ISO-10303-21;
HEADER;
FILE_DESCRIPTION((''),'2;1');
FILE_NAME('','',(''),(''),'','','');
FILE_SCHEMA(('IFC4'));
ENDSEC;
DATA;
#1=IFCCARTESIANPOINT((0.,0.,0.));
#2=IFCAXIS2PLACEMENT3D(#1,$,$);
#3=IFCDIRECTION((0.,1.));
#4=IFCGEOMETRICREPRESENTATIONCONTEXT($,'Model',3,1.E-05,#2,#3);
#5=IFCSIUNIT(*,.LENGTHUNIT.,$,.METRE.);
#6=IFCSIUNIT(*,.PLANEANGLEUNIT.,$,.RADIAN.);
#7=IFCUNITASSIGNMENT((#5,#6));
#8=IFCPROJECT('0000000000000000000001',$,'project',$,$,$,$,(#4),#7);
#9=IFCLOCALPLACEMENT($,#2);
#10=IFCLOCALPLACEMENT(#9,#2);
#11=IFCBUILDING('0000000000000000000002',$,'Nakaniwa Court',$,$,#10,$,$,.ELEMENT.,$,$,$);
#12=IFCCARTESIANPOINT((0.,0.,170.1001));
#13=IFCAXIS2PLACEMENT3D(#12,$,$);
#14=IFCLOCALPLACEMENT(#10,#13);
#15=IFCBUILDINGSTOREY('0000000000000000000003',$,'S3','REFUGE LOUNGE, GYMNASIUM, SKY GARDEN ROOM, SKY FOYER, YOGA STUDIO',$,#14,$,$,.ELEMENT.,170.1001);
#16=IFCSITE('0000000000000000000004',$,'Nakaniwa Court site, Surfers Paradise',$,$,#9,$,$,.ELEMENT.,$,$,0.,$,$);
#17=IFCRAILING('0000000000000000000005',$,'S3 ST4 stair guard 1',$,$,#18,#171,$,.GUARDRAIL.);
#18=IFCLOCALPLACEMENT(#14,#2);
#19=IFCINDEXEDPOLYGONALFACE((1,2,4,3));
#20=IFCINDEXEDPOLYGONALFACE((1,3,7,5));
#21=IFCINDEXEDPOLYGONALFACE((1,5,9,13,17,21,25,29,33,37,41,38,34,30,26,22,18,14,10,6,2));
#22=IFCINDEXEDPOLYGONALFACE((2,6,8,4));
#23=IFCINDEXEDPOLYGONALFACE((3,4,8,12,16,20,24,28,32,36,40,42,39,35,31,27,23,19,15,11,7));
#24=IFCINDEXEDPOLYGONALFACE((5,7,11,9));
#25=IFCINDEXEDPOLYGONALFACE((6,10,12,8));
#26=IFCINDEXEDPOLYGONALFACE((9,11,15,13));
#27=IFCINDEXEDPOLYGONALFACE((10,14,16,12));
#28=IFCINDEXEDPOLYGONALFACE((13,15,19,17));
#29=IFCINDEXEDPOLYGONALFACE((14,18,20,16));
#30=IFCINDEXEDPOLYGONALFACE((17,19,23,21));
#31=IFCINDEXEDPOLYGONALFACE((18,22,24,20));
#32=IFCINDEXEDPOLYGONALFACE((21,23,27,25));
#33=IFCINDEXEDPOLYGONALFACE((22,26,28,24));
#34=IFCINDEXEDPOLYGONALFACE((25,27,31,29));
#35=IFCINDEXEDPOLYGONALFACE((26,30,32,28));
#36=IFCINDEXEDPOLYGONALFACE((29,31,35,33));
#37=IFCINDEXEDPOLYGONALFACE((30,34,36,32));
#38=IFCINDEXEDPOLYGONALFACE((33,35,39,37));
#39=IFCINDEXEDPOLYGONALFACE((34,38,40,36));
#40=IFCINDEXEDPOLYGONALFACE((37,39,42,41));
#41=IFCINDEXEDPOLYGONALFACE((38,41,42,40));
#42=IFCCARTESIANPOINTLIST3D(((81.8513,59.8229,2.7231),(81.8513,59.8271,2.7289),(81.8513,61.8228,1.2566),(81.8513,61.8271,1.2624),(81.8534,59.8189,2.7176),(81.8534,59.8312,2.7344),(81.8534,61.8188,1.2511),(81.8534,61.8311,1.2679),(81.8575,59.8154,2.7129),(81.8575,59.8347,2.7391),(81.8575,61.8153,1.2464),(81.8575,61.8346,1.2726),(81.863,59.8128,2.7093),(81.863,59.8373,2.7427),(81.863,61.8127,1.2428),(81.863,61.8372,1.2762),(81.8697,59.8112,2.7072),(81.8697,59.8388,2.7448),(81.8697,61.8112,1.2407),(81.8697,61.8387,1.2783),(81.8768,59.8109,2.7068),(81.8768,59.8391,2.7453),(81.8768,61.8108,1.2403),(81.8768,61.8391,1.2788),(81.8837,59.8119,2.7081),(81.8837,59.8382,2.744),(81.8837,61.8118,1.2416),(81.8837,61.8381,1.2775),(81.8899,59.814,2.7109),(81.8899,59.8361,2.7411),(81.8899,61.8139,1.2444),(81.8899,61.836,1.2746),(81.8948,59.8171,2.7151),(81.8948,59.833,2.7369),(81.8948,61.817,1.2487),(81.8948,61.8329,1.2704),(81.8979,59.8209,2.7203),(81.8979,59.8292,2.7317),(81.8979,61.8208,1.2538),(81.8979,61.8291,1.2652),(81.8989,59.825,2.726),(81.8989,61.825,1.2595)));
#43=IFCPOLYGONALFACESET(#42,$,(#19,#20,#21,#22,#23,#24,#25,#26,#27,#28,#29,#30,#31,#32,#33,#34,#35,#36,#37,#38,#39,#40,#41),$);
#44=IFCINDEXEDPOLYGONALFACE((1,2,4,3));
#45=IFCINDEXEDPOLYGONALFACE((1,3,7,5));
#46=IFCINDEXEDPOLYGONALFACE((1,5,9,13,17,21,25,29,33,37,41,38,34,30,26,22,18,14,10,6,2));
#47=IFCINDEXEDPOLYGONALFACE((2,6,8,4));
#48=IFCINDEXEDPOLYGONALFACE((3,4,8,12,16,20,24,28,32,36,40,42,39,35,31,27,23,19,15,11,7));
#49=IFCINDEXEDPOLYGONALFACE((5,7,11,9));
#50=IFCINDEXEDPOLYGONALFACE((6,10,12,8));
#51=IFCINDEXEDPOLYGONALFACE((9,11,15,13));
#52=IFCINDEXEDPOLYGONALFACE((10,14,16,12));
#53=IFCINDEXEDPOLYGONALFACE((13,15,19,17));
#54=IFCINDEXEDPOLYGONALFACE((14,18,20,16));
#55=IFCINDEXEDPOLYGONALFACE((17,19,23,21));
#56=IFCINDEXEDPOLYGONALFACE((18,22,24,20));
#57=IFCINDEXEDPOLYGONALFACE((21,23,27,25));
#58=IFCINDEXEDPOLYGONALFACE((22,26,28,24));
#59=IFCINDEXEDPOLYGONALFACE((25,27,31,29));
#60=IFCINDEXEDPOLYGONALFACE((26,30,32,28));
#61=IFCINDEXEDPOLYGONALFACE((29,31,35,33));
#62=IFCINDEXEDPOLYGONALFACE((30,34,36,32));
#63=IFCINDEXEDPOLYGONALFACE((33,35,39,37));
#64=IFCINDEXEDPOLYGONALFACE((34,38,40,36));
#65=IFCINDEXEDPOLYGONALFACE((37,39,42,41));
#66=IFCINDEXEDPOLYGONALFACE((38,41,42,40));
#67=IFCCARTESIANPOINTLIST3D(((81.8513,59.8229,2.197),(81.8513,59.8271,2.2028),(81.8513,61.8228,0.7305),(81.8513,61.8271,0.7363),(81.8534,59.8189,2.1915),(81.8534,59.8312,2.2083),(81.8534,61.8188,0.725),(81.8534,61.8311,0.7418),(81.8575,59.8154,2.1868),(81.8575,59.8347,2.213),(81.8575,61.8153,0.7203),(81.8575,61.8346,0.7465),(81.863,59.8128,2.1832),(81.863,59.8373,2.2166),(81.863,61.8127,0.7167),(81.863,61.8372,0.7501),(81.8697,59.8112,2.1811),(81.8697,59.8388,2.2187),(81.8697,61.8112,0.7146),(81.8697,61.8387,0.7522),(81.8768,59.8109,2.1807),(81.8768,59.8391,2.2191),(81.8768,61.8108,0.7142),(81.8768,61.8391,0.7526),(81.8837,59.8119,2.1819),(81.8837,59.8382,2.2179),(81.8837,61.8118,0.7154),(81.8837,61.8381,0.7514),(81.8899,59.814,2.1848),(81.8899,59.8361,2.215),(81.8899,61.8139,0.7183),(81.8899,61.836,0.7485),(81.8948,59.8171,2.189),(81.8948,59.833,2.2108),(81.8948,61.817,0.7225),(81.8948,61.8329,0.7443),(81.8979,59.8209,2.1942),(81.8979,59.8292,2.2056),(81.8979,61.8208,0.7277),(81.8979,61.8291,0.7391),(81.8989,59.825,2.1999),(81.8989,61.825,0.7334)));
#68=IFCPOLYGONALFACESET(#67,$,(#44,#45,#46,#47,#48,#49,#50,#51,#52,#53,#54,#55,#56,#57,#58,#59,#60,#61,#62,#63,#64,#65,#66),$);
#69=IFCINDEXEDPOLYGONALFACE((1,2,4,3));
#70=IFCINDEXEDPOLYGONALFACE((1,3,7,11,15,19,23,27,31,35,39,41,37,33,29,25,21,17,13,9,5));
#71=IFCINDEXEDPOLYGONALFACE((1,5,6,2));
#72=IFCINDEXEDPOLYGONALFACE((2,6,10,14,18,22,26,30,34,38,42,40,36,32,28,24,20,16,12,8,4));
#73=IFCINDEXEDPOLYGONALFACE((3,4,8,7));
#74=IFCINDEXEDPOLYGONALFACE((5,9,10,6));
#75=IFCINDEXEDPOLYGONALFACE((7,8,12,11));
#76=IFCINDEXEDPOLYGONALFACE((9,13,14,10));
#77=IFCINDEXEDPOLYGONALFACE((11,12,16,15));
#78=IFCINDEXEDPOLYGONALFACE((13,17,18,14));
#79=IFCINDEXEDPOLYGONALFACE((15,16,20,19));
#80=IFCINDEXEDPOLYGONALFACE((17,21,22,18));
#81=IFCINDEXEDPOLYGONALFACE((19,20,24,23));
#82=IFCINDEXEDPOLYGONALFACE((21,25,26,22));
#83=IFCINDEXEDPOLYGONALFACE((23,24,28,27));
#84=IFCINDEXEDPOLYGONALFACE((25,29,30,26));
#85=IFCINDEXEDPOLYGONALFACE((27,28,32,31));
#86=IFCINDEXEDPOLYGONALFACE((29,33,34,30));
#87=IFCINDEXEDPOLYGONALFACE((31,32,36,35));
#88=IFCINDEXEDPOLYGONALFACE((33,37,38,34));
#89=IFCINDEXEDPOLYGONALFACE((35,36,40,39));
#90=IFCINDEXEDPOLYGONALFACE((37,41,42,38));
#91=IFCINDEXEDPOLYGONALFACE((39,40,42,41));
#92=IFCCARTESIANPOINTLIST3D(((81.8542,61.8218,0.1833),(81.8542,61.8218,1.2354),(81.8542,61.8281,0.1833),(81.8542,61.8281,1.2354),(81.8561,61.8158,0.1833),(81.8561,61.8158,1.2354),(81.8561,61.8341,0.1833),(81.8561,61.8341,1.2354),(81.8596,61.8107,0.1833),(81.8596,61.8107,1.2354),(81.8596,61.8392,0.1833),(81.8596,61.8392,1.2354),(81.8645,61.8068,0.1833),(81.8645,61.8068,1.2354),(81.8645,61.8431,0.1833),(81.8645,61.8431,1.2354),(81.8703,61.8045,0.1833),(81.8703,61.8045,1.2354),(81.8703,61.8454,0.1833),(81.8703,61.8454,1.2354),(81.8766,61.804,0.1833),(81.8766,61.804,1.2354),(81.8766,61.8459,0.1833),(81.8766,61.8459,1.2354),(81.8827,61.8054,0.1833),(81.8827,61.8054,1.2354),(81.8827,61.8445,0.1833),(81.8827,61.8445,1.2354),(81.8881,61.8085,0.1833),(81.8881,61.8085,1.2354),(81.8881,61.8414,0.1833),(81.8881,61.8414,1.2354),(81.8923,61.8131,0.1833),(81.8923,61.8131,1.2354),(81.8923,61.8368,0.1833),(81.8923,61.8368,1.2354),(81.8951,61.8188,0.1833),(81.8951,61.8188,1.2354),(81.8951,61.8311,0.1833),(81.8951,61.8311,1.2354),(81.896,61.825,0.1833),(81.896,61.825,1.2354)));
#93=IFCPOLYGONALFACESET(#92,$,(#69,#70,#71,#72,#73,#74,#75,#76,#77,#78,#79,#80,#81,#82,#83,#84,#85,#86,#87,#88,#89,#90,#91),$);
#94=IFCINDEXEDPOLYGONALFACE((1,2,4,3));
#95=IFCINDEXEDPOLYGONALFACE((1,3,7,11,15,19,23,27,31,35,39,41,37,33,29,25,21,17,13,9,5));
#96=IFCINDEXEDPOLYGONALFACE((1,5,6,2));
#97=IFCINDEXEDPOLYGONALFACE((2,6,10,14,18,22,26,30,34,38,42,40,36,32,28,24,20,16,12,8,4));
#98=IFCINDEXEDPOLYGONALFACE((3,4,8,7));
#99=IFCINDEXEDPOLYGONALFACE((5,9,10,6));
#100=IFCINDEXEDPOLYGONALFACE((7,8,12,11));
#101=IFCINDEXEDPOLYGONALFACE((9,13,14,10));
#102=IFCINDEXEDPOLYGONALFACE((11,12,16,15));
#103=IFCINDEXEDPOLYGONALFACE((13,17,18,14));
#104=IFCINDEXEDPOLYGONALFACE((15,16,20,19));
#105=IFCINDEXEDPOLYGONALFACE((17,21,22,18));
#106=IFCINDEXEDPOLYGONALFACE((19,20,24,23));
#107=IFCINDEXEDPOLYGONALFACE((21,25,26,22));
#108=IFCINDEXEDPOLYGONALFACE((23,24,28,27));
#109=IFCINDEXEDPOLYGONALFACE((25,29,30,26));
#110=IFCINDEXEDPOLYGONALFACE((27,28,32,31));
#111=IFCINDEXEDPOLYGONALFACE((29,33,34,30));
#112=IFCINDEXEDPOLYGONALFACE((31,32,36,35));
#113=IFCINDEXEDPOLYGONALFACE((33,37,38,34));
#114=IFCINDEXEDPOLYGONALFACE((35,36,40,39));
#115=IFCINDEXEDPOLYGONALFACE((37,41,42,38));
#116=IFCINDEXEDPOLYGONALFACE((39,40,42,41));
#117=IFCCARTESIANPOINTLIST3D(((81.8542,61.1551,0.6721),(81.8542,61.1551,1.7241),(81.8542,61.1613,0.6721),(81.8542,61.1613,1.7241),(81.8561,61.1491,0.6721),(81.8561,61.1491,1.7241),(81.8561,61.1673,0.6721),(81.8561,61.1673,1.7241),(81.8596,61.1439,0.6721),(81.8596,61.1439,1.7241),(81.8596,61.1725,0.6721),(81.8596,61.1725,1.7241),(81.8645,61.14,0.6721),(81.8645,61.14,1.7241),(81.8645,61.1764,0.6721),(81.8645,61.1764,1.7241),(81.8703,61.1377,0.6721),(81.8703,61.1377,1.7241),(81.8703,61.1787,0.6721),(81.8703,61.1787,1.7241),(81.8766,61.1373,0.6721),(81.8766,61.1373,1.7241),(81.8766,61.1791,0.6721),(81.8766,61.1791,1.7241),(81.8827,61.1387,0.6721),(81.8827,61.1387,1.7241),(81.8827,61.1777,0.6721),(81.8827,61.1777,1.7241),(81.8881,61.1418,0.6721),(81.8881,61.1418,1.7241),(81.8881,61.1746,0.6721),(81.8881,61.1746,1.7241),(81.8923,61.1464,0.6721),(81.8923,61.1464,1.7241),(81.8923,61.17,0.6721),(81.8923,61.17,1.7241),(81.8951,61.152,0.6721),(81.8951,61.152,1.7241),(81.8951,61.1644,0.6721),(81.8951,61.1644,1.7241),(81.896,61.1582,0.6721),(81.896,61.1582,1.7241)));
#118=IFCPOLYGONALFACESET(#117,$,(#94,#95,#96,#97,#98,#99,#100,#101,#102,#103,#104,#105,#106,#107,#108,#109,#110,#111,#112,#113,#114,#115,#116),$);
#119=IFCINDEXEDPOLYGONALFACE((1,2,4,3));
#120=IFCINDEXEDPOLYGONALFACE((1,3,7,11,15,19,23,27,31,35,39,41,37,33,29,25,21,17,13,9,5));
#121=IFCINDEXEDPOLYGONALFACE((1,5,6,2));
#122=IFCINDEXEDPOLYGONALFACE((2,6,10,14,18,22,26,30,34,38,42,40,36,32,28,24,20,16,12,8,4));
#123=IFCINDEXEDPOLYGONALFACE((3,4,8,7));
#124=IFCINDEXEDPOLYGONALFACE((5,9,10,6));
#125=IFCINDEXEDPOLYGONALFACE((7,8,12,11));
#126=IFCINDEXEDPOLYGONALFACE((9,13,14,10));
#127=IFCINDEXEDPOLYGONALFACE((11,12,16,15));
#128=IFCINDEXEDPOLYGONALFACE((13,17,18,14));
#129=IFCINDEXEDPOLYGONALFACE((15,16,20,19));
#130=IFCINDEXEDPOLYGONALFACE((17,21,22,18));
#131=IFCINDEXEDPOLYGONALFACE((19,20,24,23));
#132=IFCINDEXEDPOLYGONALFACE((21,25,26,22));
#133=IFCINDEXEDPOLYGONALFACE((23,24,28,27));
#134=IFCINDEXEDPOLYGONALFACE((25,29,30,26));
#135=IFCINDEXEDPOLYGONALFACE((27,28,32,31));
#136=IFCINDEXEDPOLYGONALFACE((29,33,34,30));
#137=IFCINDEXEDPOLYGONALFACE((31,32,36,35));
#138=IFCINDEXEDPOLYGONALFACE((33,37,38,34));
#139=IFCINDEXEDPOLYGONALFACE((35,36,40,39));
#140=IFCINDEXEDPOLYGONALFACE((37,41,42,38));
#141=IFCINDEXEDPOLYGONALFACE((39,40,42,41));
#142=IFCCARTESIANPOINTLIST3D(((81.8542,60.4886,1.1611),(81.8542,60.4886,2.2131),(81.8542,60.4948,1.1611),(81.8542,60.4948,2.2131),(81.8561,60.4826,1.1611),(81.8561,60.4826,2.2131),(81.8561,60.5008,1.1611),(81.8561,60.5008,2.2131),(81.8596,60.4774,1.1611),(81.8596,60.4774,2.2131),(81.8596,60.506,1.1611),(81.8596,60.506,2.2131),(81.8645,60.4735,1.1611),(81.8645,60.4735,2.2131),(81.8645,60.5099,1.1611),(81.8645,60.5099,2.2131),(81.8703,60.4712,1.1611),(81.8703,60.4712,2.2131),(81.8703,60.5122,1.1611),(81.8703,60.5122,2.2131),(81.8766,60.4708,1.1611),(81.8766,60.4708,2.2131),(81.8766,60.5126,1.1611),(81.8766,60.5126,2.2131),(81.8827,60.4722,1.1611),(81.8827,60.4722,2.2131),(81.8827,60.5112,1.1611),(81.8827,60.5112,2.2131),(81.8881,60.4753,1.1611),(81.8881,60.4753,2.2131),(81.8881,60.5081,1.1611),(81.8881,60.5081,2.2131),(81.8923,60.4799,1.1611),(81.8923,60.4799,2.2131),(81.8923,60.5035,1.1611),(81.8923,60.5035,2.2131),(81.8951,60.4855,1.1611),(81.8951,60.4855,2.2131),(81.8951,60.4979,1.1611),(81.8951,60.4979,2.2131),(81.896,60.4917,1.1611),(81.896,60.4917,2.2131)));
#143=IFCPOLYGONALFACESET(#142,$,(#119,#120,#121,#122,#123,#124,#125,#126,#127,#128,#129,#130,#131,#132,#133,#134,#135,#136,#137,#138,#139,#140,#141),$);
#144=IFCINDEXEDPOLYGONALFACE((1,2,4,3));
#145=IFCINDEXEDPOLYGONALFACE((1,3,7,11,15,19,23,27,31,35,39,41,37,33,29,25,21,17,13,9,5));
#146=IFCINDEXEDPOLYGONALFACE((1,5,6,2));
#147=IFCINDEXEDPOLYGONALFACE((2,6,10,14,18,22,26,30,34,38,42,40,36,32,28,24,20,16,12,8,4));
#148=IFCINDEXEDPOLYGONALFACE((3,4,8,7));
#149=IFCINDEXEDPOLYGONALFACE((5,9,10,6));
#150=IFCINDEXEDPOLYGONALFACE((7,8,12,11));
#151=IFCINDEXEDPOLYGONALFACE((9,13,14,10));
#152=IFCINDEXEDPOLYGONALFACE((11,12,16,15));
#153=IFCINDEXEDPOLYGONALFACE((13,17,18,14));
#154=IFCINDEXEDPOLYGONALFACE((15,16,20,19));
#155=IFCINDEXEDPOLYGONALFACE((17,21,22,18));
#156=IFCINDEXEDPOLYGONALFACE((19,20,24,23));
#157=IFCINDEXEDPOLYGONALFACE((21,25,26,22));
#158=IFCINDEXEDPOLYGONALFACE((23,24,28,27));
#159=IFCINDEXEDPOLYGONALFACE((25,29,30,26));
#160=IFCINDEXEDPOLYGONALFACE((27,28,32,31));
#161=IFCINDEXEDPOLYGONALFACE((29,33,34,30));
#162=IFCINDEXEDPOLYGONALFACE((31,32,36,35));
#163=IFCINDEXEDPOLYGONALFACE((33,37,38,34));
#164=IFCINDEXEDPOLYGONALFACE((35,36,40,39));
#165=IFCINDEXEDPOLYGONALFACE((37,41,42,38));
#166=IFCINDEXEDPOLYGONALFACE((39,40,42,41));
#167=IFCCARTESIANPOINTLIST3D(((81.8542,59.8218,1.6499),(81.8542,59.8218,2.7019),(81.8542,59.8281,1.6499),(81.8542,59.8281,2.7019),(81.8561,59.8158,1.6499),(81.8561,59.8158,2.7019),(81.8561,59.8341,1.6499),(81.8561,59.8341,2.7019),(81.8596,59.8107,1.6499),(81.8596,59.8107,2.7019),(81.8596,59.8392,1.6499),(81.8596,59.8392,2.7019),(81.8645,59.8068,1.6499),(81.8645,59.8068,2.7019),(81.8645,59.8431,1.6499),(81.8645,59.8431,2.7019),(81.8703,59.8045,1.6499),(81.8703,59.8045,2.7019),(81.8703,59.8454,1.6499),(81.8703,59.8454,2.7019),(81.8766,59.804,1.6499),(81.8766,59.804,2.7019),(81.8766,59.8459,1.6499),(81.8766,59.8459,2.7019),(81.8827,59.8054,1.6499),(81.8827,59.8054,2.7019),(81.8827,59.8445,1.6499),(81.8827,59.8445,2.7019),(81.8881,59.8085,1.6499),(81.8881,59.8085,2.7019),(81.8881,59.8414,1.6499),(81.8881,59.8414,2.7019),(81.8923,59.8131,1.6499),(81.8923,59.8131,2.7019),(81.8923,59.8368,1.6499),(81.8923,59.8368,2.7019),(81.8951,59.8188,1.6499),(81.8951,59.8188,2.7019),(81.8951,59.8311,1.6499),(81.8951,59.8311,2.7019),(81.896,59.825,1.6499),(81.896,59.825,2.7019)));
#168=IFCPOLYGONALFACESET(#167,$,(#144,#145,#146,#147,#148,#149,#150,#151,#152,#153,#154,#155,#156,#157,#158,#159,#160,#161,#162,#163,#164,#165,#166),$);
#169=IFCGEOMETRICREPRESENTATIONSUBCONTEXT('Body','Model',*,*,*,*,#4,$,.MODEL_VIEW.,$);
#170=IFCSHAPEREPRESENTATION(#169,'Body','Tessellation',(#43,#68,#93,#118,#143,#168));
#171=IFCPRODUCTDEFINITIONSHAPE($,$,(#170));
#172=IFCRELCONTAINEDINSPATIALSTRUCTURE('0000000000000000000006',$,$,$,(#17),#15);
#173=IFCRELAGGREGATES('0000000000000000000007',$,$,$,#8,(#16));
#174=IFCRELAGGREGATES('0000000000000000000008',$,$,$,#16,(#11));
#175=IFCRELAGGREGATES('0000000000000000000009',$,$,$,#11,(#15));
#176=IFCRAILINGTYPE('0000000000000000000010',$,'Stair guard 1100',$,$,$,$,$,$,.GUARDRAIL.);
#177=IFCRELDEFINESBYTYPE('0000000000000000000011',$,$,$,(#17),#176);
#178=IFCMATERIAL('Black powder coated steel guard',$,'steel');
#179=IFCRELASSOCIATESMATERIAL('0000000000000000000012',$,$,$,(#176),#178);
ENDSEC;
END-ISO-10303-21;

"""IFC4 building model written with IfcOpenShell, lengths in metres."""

from ifc_helpers import new_model, si_unit, direction, frame, origin, origin_2d, place, context, subcontext, project, spatial, circle, extrude, material, type_object, element, save


model = new_model("IFC4")

# Units and contexts
model_context = context("Model", 3, precision=1e-05, world=origin(), true_north=direction((0.0, 1.0)))
body_context = subcontext(model_context, "Body", "Model", "MODEL_VIEW")
ifc_project = project(units=[si_unit("LENGTHUNIT", "METRE"), si_unit("PLANEANGLEUNIT", "RADIAN")], contexts=[model_context])

# Site, building, storey
site_placement = place(None, origin())
site = spatial("IfcSite", under=ifc_project, at=site_placement, Name="Nakaniwa Court site, Surfers Paradise", CompositionType="ELEMENT", RefElevation=0.0)
building_placement = place(site_placement, origin())
building = spatial("IfcBuilding", under=site, at=building_placement, Name="Nakaniwa Court", CompositionType="ELEMENT")
storey_placement = place(building_placement, frame((0.0, 0.0, 170.1001)))
storey = spatial("IfcBuildingStorey", under=building, at=storey_placement, Name="S3", Description="REFUGE LOUNGE, GYMNASIUM, SKY GARDEN ROOM, SKY FOYER, YOGA STUDIO", CompositionType="ELEMENT", Elevation=170.1001)

# Railing
ifc_material_1 = material(Name="Black powder coated steel guard", Category="steel")
railing_type_1 = type_object("IfcRailingType", Name="Stair guard 1100", PredefinedType="GUARDRAIL", material=ifc_material_1)
railing_1_placement = place(storey_placement, frame((81.875, 61.825, 0.1833)))
element("IfcRailing", 1, at=railing_1_placement, inside=storey, type_object=railing_type_1, Name="S3 ST4 stair guard 1", PredefinedType="GUARDRAIL", context=body_context, shape_type="SweptSolid", body=[
    extrude(circle(Radius=0.0239, at=origin_2d()), frame((0.0, 0.0, 1.0762), z_axis=(0.0, -0.806427, 0.591334), x_axis=(1.0, 0.0, 0.0)), (0.0, 0.0, 1.0), 2.48),
    extrude(circle(Radius=0.0239, at=origin_2d()), frame((0.0, 0.0, 0.55), z_axis=(0.0, -0.806427, 0.591334), x_axis=(1.0, 0.0, 0.0)), (0.0, 0.0, 1.0), 2.48),
    extrude(circle(Radius=0.021, at=origin_2d()), origin(), (0.0, 0.0, 1.0), 1.052),
    extrude(circle(Radius=0.021, at=origin_2d()), frame((0.0, -0.6667, 0.4888)), (0.0, 0.0, 1.0), 1.052),
    extrude(circle(Radius=0.021, at=origin_2d()), frame((0.0, -1.3333, 0.9778)), (0.0, 0.0, 1.0), 1.052),
    extrude(circle(Radius=0.021, at=origin_2d()), frame((0.0, -2.0, 1.4666)), (0.0, 0.0, 1.0), 1.052),
])

save(model, "model.ifc")
